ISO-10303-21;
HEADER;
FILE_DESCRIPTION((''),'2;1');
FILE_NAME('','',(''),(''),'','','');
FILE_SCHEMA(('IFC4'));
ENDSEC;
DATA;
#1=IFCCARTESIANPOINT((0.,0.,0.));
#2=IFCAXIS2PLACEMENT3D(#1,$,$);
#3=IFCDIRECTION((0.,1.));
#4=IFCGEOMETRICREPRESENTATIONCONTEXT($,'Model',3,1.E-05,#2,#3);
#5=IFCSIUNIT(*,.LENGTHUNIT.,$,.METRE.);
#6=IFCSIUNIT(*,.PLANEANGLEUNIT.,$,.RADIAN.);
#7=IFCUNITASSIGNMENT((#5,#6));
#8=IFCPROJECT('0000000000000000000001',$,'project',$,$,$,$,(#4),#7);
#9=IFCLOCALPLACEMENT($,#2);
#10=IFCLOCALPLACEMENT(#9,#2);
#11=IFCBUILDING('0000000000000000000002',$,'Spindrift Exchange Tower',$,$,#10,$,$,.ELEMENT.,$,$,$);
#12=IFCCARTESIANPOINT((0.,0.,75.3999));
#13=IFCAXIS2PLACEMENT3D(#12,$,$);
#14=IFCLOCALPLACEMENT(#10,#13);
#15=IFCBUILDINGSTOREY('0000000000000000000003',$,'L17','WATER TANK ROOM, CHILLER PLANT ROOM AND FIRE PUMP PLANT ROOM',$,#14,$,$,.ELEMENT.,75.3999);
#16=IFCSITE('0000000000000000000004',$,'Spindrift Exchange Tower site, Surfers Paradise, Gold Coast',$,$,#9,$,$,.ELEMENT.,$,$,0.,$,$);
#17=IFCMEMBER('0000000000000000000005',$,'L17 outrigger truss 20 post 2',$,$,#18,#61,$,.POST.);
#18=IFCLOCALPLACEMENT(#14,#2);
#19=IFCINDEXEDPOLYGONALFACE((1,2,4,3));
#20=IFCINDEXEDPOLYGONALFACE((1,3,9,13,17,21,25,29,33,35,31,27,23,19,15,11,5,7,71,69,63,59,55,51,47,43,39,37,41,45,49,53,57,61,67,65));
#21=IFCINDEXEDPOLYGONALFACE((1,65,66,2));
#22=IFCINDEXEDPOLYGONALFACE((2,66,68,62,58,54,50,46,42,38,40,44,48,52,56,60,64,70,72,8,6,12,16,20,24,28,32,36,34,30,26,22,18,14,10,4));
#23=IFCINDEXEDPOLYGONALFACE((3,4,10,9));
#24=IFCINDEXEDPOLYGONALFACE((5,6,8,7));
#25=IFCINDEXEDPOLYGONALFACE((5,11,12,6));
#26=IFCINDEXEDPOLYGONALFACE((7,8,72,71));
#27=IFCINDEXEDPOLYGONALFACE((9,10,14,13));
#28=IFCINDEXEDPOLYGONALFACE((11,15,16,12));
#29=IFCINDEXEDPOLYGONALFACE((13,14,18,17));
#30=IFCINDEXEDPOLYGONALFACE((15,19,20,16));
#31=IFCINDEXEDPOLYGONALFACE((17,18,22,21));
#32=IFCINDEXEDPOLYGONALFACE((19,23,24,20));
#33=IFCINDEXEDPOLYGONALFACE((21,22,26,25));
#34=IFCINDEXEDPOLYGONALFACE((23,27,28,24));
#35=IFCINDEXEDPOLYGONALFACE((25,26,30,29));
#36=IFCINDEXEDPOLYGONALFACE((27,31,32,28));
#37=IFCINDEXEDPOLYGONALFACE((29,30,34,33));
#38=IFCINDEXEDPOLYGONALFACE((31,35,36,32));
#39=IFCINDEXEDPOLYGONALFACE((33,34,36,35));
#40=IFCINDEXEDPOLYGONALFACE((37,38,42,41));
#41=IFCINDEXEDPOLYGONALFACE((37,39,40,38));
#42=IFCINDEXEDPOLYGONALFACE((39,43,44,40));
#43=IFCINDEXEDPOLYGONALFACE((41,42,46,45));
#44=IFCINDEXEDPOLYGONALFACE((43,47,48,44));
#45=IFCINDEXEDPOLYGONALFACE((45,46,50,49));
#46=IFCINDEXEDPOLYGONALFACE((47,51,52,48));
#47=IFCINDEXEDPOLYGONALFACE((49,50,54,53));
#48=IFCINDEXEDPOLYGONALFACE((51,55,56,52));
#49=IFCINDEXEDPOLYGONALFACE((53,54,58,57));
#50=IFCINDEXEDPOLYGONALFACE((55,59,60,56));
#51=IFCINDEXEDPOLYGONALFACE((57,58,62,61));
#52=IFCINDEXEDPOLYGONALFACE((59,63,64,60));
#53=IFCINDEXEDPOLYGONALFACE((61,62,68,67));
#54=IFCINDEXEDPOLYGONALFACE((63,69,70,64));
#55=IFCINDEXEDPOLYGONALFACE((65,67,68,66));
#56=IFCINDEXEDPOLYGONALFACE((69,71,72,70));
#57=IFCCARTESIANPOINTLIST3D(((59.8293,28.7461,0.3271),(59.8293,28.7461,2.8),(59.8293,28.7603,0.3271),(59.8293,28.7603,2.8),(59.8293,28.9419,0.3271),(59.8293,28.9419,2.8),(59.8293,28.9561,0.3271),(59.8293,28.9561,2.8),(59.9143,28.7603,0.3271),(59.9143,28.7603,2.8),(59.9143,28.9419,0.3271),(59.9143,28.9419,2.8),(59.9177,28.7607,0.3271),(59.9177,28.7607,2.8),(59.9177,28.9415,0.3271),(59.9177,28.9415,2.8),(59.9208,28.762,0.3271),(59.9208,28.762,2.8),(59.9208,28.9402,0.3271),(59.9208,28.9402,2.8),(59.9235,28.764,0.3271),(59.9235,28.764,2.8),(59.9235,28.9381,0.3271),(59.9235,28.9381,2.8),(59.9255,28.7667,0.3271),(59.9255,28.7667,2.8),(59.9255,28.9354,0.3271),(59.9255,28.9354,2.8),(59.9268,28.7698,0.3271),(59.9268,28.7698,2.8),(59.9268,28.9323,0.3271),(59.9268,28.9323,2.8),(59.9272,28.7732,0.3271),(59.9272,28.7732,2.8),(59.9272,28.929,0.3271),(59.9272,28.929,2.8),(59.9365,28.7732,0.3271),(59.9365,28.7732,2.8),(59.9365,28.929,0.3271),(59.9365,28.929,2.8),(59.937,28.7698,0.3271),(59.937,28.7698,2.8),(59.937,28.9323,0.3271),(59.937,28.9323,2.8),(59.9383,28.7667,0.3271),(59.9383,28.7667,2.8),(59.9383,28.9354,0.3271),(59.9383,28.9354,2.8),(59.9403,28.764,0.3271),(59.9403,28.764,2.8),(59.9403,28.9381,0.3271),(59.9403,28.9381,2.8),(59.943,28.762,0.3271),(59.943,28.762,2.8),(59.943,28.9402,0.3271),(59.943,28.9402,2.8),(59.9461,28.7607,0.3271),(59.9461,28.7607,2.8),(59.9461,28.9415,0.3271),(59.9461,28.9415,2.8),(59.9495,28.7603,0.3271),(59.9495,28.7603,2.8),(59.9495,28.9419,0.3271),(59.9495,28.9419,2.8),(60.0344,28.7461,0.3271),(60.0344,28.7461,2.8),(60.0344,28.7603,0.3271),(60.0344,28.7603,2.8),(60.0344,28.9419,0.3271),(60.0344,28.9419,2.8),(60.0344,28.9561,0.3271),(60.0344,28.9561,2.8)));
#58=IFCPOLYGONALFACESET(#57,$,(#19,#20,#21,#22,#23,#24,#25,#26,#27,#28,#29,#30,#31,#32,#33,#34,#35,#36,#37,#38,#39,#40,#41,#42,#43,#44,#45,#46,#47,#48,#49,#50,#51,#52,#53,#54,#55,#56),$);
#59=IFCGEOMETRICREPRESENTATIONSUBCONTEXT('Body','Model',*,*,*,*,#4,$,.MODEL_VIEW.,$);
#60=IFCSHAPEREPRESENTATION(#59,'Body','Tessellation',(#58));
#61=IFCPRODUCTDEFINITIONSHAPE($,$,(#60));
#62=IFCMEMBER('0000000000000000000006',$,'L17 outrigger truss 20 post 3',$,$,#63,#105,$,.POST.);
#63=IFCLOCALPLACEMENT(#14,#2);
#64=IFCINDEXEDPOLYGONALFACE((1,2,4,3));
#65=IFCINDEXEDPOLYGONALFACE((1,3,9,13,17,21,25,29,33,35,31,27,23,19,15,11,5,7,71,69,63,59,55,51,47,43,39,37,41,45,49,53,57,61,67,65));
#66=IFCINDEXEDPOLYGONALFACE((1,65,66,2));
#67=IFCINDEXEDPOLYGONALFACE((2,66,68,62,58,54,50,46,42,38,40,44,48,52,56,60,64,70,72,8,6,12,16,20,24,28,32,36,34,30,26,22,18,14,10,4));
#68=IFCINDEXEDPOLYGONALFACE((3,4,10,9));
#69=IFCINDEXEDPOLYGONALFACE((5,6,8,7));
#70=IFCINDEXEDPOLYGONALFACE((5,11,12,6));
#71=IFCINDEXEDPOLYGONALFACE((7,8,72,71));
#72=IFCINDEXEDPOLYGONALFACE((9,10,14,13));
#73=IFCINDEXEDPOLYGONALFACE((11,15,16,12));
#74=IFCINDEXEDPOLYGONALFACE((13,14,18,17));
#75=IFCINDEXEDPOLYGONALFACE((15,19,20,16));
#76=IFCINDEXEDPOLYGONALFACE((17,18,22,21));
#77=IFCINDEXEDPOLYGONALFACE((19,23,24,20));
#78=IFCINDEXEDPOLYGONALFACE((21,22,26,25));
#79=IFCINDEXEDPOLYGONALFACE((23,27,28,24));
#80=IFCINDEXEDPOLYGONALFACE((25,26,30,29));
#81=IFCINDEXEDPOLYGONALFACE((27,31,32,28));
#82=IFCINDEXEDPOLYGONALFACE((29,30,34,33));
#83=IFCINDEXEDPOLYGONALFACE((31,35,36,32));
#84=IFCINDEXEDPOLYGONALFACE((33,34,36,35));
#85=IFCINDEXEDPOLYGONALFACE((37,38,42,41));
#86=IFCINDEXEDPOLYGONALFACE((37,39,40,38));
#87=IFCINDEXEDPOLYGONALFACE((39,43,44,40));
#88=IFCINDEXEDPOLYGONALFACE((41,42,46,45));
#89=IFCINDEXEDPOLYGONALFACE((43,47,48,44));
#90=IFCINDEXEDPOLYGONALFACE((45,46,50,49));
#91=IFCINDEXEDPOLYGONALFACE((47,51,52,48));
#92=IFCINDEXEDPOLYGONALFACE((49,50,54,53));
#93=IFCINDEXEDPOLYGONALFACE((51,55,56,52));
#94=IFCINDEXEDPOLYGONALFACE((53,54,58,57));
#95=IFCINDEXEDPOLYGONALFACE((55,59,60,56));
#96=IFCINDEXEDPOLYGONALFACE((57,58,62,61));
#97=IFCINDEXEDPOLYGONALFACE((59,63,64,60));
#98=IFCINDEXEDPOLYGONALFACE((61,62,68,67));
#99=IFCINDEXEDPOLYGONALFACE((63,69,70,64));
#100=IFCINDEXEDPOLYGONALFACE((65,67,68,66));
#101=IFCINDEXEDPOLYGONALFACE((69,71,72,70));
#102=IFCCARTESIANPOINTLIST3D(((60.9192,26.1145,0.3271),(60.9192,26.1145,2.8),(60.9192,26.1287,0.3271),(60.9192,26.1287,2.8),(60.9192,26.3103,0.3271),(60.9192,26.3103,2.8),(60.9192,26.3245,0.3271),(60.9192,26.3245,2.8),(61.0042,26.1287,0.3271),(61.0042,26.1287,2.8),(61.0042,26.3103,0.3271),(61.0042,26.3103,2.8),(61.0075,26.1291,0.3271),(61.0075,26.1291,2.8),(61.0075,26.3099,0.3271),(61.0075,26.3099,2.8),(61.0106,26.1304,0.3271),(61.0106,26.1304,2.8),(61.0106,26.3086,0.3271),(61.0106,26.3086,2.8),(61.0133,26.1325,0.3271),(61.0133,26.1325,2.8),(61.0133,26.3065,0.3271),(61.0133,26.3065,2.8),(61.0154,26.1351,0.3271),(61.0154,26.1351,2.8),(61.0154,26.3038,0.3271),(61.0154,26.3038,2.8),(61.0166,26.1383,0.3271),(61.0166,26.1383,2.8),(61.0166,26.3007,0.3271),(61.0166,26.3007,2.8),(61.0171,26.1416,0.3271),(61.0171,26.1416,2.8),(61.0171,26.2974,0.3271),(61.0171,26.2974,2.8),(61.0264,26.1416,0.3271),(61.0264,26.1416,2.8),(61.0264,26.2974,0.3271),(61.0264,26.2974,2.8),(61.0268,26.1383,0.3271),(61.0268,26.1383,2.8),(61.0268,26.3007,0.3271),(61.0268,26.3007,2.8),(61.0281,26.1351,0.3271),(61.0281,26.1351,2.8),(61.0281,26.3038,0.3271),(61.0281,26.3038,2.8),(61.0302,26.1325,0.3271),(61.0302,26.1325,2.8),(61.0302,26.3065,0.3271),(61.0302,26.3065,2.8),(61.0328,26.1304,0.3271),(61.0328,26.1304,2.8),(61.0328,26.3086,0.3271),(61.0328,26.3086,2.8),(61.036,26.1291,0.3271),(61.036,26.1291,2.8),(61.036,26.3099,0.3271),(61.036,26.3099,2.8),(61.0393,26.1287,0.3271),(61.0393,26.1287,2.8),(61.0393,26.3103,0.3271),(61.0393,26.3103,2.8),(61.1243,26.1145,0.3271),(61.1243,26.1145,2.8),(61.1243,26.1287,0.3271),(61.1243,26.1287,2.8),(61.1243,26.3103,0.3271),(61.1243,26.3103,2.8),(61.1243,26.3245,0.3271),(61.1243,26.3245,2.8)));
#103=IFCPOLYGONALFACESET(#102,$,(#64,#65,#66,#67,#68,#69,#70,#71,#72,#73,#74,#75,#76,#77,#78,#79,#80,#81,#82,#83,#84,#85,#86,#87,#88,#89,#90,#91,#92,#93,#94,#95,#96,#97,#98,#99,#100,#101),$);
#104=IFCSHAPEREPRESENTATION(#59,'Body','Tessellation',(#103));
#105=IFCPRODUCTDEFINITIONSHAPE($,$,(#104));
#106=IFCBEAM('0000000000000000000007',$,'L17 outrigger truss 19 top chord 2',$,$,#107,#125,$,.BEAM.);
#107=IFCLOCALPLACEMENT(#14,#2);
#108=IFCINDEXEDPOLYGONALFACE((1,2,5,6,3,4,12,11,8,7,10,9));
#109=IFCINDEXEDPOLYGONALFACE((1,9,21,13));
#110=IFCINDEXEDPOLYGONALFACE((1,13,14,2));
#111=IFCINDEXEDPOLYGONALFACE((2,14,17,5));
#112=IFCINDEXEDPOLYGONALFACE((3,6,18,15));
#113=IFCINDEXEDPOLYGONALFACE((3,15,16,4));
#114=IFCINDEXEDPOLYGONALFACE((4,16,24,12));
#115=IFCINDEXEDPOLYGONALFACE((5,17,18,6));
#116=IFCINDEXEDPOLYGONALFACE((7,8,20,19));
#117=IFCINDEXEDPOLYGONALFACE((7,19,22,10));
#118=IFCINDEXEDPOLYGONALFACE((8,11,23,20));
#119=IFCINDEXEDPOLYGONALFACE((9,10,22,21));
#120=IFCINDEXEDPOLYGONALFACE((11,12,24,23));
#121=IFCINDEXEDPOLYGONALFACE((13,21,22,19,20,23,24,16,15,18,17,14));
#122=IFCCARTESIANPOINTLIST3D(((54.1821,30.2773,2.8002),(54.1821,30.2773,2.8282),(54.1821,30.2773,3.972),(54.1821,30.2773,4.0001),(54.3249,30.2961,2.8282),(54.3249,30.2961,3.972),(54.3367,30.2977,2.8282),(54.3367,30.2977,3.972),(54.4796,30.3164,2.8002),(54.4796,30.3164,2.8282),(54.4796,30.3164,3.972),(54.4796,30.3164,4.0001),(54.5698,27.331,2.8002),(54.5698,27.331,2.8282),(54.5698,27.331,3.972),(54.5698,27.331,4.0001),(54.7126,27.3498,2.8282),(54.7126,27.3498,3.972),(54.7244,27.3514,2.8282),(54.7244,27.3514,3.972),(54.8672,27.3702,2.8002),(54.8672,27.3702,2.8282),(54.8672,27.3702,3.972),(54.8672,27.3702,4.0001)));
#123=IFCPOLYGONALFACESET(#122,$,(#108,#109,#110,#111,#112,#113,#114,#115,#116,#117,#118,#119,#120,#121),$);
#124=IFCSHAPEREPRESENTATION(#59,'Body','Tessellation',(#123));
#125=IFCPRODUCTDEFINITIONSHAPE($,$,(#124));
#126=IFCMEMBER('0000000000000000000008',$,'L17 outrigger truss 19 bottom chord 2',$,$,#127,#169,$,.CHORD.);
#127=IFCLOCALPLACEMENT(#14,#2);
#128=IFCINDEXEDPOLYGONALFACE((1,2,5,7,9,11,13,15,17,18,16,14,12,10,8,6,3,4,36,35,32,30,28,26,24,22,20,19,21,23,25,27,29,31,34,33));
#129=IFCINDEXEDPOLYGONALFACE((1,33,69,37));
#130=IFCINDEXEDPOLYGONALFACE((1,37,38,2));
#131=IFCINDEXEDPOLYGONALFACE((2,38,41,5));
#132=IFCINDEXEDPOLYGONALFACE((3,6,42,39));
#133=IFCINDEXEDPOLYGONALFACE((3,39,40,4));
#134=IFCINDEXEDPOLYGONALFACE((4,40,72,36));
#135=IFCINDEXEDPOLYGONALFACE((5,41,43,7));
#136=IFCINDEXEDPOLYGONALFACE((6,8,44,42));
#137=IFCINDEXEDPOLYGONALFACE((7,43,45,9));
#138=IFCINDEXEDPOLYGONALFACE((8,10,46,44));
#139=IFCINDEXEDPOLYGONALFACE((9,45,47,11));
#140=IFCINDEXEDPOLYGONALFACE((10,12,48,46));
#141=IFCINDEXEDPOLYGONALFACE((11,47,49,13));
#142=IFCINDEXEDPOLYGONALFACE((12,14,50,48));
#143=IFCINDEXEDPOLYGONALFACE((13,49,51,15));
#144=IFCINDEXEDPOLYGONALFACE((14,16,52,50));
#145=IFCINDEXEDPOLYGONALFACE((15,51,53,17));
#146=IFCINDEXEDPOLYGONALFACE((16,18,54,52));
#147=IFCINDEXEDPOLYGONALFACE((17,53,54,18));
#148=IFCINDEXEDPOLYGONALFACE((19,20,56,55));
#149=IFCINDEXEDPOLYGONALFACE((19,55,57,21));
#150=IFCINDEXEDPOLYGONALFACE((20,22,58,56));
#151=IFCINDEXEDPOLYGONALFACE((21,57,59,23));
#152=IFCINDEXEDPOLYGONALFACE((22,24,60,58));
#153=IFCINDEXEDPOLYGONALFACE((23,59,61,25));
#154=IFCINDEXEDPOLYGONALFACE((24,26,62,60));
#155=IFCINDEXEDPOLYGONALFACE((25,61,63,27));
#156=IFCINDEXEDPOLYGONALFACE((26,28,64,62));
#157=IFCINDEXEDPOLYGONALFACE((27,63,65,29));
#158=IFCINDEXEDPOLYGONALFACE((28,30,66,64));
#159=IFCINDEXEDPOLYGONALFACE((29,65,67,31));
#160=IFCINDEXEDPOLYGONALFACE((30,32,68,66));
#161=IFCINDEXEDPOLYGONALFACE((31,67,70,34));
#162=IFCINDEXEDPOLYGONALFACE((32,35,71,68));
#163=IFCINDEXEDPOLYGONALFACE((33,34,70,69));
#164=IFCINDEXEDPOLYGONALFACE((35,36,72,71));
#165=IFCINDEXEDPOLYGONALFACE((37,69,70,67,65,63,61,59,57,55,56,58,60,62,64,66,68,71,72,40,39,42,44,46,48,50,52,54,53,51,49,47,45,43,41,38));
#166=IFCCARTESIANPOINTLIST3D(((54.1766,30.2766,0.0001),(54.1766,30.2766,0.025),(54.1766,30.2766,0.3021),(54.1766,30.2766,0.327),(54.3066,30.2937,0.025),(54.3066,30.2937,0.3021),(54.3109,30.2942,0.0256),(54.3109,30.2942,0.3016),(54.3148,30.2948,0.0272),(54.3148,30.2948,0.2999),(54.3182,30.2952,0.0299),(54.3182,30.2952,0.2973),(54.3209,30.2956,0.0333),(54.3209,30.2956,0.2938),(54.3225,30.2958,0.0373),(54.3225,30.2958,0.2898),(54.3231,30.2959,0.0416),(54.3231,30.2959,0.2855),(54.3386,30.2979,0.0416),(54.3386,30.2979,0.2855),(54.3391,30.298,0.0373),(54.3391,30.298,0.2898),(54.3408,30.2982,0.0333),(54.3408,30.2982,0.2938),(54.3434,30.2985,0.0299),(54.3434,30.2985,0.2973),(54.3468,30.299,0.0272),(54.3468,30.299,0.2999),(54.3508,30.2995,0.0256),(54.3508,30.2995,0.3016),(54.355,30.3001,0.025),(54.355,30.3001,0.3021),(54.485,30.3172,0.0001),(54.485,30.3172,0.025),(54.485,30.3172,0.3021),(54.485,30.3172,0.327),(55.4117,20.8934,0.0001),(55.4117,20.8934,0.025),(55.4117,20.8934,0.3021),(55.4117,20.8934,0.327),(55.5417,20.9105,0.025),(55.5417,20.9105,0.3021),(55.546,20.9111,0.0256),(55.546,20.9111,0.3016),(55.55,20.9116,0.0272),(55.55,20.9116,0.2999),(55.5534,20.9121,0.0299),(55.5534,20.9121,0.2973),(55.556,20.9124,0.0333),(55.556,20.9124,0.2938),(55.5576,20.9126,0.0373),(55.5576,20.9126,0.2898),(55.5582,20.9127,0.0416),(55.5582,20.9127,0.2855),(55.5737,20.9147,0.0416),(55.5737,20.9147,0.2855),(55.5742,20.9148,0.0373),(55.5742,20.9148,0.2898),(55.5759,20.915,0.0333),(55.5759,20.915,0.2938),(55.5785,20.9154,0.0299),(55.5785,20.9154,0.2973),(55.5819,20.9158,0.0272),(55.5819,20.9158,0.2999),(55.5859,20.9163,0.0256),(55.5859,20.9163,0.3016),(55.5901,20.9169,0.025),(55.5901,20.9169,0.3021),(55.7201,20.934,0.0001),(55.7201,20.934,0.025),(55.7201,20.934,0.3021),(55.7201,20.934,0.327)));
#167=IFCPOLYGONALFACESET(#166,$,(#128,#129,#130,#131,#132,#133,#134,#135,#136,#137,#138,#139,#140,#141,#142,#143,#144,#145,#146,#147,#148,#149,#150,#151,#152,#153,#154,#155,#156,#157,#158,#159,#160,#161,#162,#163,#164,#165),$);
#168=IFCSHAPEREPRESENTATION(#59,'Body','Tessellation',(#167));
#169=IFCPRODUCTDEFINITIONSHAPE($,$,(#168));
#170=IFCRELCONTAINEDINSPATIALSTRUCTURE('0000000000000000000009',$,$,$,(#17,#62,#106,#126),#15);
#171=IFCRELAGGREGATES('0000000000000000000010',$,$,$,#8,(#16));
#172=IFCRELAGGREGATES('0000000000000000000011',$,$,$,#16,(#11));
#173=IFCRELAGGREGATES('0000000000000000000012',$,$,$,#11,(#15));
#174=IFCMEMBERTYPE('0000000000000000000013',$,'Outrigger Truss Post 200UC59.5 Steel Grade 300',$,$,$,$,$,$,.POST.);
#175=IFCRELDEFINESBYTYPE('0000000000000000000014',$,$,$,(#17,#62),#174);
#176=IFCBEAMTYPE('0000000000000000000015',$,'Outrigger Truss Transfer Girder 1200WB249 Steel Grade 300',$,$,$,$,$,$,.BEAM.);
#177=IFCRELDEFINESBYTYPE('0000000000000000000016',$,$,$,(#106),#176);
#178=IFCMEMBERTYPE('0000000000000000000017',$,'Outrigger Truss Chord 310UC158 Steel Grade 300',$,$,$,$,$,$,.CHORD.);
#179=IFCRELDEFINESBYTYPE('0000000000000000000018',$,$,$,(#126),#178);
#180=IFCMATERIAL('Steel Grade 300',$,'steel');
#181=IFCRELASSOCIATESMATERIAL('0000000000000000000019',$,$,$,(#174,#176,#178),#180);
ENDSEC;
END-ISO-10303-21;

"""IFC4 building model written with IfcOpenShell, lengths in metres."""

from ifc_helpers import new_model, si_unit, direction, frame, origin, origin_2d, place, context, subcontext, project, spatial, i_section, extrude, source, transform, mapped, material, material_profile, profile_set, type_object, element, save


model = new_model("IFC4")

# Units and contexts
model_context = context("Model", 3, precision=1e-05, world=origin(), true_north=direction((0.0, 1.0)))
body_context = subcontext(model_context, "Body", "Model", "MODEL_VIEW")
ifc_project = project(units=[si_unit("LENGTHUNIT", "METRE"), si_unit("PLANEANGLEUNIT", "RADIAN")], contexts=[model_context])

# Site, building, storey
site_placement = place(None, origin())
site = spatial("IfcSite", under=ifc_project, at=site_placement, Name="Spindrift Exchange Tower site, Surfers Paradise, Gold Coast", CompositionType="ELEMENT", RefElevation=0.0)
building_placement = place(site_placement, origin())
building = spatial("IfcBuilding", under=site, at=building_placement, Name="Spindrift Exchange Tower", CompositionType="ELEMENT")
storey_placement = place(building_placement, frame((0.0, 0.0, 75.3999)))
storey = spatial("IfcBuildingStorey", under=building, at=storey_placement, Name="L17", Description="WATER TANK ROOM, CHILLER PLANT ROOM AND FIRE PUMP PLANT ROOM", CompositionType="ELEMENT", Elevation=75.3999)

# Members
ifc_material_1 = material(Name="Steel Grade 300", Category="steel")
ifc_material_profile_1 = material_profile(ifc_material_1, i_section(OverallWidth=0.2051, OverallDepth=0.21, WebThickness=0.0093, FlangeThickness=0.0142, FilletRadius=0.0129, at=origin_2d()), Name="200UC59.5")
ifc_profile_set_1 = profile_set([ifc_material_profile_1], Name="Steel Grade 300")
member_type_1 = type_object("IfcMemberType", Name="Outrigger Truss Post 200UC59.5 Steel Grade 300", PredefinedType="POST", material=ifc_profile_set_1)
shared_shape_1 = source(origin(), body_context, "Body", "SweptSolid", [
    extrude(i_section(OverallWidth=0.2051, OverallDepth=0.21, WebThickness=0.0093, FlangeThickness=0.0142, FilletRadius=0.0129, at=origin_2d()), origin(), (0.0, 0.0, 1.0), 2.4729),
])
for number, where, z_axis, x_axis, name in (
    (1, (59.9319, 28.8511, 0.3271), (0.0, 0.0, 1.0), (1.0, 0.0, 0.0), "L17 outrigger truss 20 post 2"),
    (2, (61.0217, 26.2195, 0.3271), (0.0, 0.0, 1.0), (1.0, 0.0, 0.0), "L17 outrigger truss 20 post 3"),
):
    element("IfcMember", number, at=place(storey_placement, frame(where, z_axis=z_axis, x_axis=x_axis)), inside=storey, type_object=member_type_1, Name=name, PredefinedType="POST", context=body_context, shape_type="MappedRepresentation", body=[
        mapped(shared_shape_1, transform((0.0, 0.0, 0.0), scale=1.0)),
    ])

# Beam
ifc_material_profile_2 = material_profile(ifc_material_1, i_section(OverallWidth=0.3, OverallDepth=1.2, WebThickness=0.012, FlangeThickness=0.0281, at=origin_2d()), Name="1200WB249")
ifc_profile_set_2 = profile_set([ifc_material_profile_2], Name="Steel Grade 300")
beam_type = type_object("IfcBeamType", Name="Outrigger Truss Transfer Girder 1200WB249 Steel Grade 300", PredefinedType="BEAM", material=ifc_profile_set_2)
shared_shape_2 = source(origin(), body_context, "Body", "SweptSolid", [
    extrude(i_section(OverallWidth=0.3, OverallDepth=1.2, WebThickness=0.012, FlangeThickness=0.0281, at=origin_2d()), origin(), (0.0, 0.0, 1.0), 2.9717),
])
beam_1_placement = place(storey_placement, frame((54.3308, 30.2969, 3.4001), z_axis=(0.130463, -0.991453, 0.0), x_axis=(0.991453, 0.130463, 0.0)))
element("IfcBeam", 3, at=beam_1_placement, inside=storey, type_object=beam_type, Name="L17 outrigger truss 19 top chord 2", PredefinedType="BEAM", context=body_context, shape_type="MappedRepresentation", body=[
    mapped(shared_shape_2, transform((0.0, 0.0, 0.0), scale=1.0)),
])

# Member
ifc_material_profile_3 = material_profile(ifc_material_1, i_section(OverallWidth=0.311, OverallDepth=0.3269, WebThickness=0.0156, FlangeThickness=0.0249, FilletRadius=0.0166, at=origin_2d()), Name="310UC158")
ifc_profile_set_3 = profile_set([ifc_material_profile_3], Name="Steel Grade 300")
member_type_2 = type_object("IfcMemberType", Name="Outrigger Truss Chord 310UC158 Steel Grade 300", PredefinedType="CHORD", material=ifc_profile_set_3)
shared_shape_3 = source(origin(), body_context, "Body", "SweptSolid", [
    extrude(i_section(OverallWidth=0.311, OverallDepth=0.3269, WebThickness=0.0156, FlangeThickness=0.0249, FilletRadius=0.0166, at=origin_2d()), origin(), (0.0, 0.0, 1.0), 9.4641),
])
member_1_placement = place(storey_placement, frame((54.3308, 30.2969, 0.1636), z_axis=(0.130506, -0.991448, 0.0), x_axis=(0.991448, 0.130506, 0.0)))
element("IfcMember", 4, at=member_1_placement, inside=storey, type_object=member_type_2, Name="L17 outrigger truss 19 bottom chord 2", PredefinedType="CHORD", context=body_context, shape_type="MappedRepresentation", body=[
    mapped(shared_shape_3, transform((0.0, 0.0, 0.0), scale=1.0)),
])

save(model, "model.ifc")
